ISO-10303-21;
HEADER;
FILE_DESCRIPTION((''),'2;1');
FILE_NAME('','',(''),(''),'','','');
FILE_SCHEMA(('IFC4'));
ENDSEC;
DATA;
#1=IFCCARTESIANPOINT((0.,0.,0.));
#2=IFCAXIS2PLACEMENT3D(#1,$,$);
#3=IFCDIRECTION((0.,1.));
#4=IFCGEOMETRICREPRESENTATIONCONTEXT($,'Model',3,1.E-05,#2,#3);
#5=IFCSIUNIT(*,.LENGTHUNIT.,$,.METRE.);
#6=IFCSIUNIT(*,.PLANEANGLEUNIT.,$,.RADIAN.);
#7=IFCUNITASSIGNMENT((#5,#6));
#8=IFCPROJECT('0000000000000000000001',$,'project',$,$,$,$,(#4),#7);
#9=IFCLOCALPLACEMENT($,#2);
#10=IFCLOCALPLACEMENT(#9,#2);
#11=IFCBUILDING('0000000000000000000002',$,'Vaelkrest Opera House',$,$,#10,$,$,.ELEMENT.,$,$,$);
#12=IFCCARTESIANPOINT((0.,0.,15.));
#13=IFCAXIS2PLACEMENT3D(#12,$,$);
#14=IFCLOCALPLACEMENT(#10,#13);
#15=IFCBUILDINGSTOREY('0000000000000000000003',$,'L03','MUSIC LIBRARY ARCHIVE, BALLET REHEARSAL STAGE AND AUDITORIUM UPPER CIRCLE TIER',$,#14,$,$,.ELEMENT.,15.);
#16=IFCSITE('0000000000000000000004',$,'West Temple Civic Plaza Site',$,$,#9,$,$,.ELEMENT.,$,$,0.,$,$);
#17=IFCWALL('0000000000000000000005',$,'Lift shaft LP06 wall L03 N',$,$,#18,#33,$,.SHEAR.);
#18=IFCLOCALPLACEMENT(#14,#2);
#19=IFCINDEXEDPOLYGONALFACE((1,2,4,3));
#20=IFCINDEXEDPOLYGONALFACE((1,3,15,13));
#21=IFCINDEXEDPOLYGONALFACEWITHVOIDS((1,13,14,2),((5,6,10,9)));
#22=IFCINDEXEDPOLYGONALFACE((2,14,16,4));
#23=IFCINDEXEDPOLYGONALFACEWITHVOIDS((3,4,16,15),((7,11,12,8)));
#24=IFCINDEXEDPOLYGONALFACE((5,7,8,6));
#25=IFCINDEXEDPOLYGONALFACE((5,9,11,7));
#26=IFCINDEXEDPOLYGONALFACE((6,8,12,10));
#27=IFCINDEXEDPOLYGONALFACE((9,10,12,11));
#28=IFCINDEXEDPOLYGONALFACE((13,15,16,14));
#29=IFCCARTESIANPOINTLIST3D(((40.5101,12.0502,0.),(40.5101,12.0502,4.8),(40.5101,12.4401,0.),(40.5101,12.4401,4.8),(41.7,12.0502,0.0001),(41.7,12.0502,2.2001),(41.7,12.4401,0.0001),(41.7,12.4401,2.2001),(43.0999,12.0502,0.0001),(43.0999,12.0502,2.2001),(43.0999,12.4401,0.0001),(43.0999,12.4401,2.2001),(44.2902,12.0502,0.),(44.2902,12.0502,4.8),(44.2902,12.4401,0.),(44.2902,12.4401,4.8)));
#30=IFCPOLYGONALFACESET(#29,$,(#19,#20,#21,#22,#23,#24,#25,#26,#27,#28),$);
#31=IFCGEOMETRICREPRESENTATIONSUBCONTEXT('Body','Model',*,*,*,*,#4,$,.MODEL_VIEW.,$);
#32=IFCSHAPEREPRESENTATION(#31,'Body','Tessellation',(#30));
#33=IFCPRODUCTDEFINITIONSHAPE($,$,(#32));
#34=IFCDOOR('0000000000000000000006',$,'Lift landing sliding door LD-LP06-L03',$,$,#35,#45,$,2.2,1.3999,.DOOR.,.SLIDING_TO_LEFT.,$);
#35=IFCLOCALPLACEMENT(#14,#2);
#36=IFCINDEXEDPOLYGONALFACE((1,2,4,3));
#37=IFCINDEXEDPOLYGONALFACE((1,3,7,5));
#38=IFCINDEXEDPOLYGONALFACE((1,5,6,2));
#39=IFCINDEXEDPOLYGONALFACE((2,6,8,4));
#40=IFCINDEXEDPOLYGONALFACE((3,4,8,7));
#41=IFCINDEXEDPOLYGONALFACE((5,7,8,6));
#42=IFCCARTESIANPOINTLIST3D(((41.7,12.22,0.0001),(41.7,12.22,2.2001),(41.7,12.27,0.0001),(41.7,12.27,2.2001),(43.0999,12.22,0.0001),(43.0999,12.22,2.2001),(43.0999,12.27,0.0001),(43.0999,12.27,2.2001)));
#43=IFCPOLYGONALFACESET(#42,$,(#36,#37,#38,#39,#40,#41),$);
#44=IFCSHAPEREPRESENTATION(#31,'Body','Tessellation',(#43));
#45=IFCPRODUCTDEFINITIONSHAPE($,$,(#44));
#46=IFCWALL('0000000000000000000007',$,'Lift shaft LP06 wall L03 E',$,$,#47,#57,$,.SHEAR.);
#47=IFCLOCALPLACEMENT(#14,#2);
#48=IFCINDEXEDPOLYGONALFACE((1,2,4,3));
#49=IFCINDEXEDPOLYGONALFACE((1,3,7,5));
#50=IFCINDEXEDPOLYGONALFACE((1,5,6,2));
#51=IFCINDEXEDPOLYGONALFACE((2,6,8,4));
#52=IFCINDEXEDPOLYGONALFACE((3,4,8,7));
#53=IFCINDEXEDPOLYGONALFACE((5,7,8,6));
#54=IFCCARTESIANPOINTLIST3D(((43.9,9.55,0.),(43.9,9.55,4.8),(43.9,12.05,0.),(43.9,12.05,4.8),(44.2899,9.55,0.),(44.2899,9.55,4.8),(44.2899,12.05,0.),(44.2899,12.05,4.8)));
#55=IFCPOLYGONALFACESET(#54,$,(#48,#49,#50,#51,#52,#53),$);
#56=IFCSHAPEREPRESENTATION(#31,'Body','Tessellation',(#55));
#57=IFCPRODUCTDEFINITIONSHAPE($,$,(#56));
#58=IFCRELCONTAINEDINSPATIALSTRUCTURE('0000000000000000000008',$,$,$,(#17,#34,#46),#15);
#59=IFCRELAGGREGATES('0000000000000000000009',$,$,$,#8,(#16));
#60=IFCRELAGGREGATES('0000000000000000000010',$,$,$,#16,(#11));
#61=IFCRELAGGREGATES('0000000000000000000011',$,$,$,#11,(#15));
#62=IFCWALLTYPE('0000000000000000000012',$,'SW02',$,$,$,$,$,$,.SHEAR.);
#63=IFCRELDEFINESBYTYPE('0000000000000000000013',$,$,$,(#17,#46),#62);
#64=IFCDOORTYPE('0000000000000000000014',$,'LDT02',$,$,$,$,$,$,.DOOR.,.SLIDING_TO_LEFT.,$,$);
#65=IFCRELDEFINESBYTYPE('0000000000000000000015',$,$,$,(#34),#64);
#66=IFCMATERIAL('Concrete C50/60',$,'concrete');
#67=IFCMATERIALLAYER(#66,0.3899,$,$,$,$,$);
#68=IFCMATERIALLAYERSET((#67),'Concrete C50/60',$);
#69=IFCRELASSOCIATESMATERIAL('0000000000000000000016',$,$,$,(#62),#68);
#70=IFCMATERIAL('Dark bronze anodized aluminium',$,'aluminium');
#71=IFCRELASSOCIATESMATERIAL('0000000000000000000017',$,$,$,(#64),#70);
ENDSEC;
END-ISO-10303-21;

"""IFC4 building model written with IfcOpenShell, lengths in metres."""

from ifc_helpers import new_model, si_unit, direction, frame, frame_2d, origin, place, context, subcontext, project, spatial, rectangle, extrude, material, layer, layer_set, type_object, element, fill, save


model = new_model("IFC4")

# Units and contexts
model_context = context("Model", 3, precision=1e-05, world=origin(), true_north=direction((0.0, 1.0)))
body_context = subcontext(model_context, "Body", "Model", "MODEL_VIEW")
ifc_project = project(units=[si_unit("LENGTHUNIT", "METRE"), si_unit("PLANEANGLEUNIT", "RADIAN")], contexts=[model_context])

# Site, building, storey
site_placement = place(None, origin())
site = spatial("IfcSite", under=ifc_project, at=site_placement, Name="West Temple Civic Plaza Site", CompositionType="ELEMENT", RefElevation=0.0)
building_placement = place(site_placement, origin())
building = spatial("IfcBuilding", under=site, at=building_placement, Name="Vaelkrest Opera House", CompositionType="ELEMENT")
storey_placement = place(building_placement, frame((0.0, 0.0, 15.0)))
storey = spatial("IfcBuildingStorey", under=building, at=storey_placement, Name="L03", Description="MUSIC LIBRARY ARCHIVE, BALLET REHEARSAL STAGE AND AUDITORIUM UPPER CIRCLE TIER", CompositionType="ELEMENT", Elevation=15.0)

# Shared definitions
ifc_material_1 = material(Name="Concrete C50/60", Category="concrete")

# Shared definitions
ifc_material_2 = material(Name="Dark bronze anodized aluminium", Category="aluminium")

# Wall, opening, door
ifc_layer_1 = layer(ifc_material_1, 0.3899)
ifc_layer_set_1 = layer_set([ifc_layer_1], Name="Concrete C50/60")
wall_type_1 = type_object("IfcWallType", Name="SW02", PredefinedType="SHEAR", material=ifc_layer_set_1)
wall_1_placement = place(storey_placement, frame((40.51, 12.2451, 0.0), z_axis=(0.0, 0.0, 1.0), x_axis=(1.0, 0.0, 0.0)))
wall_1 = element("IfcWall", 1, at=wall_1_placement, inside=storey, type_object=wall_type_1, Name="Lift shaft LP06 wall L03 N", PredefinedType="SHEAR", context=body_context, shape_type="SweptSolid", body=[
    extrude(rectangle(XDim=3.78, YDim=0.3899, at=frame_2d((1.8901, 0.0))), origin(), (0.0, 0.0, 1.0), 4.8),
])
opening_1_placement = place(wall_1_placement, frame((1.1899, 0.0, 0.0)))
opening_1 = element("IfcOpeningElement", 2, at=opening_1_placement, cuts=wall_1, PredefinedType="OPENING", context=body_context, shape_type="SweptSolid", body=[
    extrude(rectangle(XDim=1.3999, YDim=2.2, at=frame_2d((0.7, 1.1001))), frame((0.0, 0.2048, 0.0), z_axis=(0.0, -1.0, 0.0), x_axis=(1.0, 0.0, 0.0)), (0.0, 0.0, 1.0), 0.4099),
])
door_type = type_object("IfcDoorType", Name="LDT02", OperationType="SLIDING_TO_LEFT", PredefinedType="DOOR", material=ifc_material_2)
door_placement = place(opening_1_placement, origin())
door = element("IfcDoor", 3, at=door_placement, inside=storey, type_object=door_type, Name="Lift landing sliding door LD-LP06-L03", OperationType="SLIDING_TO_LEFT", OverallHeight=2.2, OverallWidth=1.3999, PredefinedType="DOOR", context=body_context, shape_type="SweptSolid", body=[
    extrude(rectangle(XDim=1.3999, YDim=2.2, at=frame_2d((0.7, 1.1001))), frame((0.0, 0.0249, 0.0), z_axis=(0.0, -1.0, 0.0), x_axis=(1.0, 0.0, 0.0)), (0.0, 0.0, 1.0), 0.05),
])
fill(opening_1, door)

# Wall
wall_2_placement = place(storey_placement, frame((44.095, 12.05, 0.0), z_axis=(0.0, 0.0, 1.0), x_axis=(0.0, -1.0, 0.0)))
element("IfcWall", 4, at=wall_2_placement, inside=storey, type_object=wall_type_1, Name="Lift shaft LP06 wall L03 E", PredefinedType="SHEAR", context=body_context, shape_type="SweptSolid", body=[
    extrude(rectangle(XDim=2.5, YDim=0.3899, at=frame_2d((1.25, 0.0))), origin(), (0.0, 0.0, 1.0), 4.8),
])

save(model, "model.ifc")
